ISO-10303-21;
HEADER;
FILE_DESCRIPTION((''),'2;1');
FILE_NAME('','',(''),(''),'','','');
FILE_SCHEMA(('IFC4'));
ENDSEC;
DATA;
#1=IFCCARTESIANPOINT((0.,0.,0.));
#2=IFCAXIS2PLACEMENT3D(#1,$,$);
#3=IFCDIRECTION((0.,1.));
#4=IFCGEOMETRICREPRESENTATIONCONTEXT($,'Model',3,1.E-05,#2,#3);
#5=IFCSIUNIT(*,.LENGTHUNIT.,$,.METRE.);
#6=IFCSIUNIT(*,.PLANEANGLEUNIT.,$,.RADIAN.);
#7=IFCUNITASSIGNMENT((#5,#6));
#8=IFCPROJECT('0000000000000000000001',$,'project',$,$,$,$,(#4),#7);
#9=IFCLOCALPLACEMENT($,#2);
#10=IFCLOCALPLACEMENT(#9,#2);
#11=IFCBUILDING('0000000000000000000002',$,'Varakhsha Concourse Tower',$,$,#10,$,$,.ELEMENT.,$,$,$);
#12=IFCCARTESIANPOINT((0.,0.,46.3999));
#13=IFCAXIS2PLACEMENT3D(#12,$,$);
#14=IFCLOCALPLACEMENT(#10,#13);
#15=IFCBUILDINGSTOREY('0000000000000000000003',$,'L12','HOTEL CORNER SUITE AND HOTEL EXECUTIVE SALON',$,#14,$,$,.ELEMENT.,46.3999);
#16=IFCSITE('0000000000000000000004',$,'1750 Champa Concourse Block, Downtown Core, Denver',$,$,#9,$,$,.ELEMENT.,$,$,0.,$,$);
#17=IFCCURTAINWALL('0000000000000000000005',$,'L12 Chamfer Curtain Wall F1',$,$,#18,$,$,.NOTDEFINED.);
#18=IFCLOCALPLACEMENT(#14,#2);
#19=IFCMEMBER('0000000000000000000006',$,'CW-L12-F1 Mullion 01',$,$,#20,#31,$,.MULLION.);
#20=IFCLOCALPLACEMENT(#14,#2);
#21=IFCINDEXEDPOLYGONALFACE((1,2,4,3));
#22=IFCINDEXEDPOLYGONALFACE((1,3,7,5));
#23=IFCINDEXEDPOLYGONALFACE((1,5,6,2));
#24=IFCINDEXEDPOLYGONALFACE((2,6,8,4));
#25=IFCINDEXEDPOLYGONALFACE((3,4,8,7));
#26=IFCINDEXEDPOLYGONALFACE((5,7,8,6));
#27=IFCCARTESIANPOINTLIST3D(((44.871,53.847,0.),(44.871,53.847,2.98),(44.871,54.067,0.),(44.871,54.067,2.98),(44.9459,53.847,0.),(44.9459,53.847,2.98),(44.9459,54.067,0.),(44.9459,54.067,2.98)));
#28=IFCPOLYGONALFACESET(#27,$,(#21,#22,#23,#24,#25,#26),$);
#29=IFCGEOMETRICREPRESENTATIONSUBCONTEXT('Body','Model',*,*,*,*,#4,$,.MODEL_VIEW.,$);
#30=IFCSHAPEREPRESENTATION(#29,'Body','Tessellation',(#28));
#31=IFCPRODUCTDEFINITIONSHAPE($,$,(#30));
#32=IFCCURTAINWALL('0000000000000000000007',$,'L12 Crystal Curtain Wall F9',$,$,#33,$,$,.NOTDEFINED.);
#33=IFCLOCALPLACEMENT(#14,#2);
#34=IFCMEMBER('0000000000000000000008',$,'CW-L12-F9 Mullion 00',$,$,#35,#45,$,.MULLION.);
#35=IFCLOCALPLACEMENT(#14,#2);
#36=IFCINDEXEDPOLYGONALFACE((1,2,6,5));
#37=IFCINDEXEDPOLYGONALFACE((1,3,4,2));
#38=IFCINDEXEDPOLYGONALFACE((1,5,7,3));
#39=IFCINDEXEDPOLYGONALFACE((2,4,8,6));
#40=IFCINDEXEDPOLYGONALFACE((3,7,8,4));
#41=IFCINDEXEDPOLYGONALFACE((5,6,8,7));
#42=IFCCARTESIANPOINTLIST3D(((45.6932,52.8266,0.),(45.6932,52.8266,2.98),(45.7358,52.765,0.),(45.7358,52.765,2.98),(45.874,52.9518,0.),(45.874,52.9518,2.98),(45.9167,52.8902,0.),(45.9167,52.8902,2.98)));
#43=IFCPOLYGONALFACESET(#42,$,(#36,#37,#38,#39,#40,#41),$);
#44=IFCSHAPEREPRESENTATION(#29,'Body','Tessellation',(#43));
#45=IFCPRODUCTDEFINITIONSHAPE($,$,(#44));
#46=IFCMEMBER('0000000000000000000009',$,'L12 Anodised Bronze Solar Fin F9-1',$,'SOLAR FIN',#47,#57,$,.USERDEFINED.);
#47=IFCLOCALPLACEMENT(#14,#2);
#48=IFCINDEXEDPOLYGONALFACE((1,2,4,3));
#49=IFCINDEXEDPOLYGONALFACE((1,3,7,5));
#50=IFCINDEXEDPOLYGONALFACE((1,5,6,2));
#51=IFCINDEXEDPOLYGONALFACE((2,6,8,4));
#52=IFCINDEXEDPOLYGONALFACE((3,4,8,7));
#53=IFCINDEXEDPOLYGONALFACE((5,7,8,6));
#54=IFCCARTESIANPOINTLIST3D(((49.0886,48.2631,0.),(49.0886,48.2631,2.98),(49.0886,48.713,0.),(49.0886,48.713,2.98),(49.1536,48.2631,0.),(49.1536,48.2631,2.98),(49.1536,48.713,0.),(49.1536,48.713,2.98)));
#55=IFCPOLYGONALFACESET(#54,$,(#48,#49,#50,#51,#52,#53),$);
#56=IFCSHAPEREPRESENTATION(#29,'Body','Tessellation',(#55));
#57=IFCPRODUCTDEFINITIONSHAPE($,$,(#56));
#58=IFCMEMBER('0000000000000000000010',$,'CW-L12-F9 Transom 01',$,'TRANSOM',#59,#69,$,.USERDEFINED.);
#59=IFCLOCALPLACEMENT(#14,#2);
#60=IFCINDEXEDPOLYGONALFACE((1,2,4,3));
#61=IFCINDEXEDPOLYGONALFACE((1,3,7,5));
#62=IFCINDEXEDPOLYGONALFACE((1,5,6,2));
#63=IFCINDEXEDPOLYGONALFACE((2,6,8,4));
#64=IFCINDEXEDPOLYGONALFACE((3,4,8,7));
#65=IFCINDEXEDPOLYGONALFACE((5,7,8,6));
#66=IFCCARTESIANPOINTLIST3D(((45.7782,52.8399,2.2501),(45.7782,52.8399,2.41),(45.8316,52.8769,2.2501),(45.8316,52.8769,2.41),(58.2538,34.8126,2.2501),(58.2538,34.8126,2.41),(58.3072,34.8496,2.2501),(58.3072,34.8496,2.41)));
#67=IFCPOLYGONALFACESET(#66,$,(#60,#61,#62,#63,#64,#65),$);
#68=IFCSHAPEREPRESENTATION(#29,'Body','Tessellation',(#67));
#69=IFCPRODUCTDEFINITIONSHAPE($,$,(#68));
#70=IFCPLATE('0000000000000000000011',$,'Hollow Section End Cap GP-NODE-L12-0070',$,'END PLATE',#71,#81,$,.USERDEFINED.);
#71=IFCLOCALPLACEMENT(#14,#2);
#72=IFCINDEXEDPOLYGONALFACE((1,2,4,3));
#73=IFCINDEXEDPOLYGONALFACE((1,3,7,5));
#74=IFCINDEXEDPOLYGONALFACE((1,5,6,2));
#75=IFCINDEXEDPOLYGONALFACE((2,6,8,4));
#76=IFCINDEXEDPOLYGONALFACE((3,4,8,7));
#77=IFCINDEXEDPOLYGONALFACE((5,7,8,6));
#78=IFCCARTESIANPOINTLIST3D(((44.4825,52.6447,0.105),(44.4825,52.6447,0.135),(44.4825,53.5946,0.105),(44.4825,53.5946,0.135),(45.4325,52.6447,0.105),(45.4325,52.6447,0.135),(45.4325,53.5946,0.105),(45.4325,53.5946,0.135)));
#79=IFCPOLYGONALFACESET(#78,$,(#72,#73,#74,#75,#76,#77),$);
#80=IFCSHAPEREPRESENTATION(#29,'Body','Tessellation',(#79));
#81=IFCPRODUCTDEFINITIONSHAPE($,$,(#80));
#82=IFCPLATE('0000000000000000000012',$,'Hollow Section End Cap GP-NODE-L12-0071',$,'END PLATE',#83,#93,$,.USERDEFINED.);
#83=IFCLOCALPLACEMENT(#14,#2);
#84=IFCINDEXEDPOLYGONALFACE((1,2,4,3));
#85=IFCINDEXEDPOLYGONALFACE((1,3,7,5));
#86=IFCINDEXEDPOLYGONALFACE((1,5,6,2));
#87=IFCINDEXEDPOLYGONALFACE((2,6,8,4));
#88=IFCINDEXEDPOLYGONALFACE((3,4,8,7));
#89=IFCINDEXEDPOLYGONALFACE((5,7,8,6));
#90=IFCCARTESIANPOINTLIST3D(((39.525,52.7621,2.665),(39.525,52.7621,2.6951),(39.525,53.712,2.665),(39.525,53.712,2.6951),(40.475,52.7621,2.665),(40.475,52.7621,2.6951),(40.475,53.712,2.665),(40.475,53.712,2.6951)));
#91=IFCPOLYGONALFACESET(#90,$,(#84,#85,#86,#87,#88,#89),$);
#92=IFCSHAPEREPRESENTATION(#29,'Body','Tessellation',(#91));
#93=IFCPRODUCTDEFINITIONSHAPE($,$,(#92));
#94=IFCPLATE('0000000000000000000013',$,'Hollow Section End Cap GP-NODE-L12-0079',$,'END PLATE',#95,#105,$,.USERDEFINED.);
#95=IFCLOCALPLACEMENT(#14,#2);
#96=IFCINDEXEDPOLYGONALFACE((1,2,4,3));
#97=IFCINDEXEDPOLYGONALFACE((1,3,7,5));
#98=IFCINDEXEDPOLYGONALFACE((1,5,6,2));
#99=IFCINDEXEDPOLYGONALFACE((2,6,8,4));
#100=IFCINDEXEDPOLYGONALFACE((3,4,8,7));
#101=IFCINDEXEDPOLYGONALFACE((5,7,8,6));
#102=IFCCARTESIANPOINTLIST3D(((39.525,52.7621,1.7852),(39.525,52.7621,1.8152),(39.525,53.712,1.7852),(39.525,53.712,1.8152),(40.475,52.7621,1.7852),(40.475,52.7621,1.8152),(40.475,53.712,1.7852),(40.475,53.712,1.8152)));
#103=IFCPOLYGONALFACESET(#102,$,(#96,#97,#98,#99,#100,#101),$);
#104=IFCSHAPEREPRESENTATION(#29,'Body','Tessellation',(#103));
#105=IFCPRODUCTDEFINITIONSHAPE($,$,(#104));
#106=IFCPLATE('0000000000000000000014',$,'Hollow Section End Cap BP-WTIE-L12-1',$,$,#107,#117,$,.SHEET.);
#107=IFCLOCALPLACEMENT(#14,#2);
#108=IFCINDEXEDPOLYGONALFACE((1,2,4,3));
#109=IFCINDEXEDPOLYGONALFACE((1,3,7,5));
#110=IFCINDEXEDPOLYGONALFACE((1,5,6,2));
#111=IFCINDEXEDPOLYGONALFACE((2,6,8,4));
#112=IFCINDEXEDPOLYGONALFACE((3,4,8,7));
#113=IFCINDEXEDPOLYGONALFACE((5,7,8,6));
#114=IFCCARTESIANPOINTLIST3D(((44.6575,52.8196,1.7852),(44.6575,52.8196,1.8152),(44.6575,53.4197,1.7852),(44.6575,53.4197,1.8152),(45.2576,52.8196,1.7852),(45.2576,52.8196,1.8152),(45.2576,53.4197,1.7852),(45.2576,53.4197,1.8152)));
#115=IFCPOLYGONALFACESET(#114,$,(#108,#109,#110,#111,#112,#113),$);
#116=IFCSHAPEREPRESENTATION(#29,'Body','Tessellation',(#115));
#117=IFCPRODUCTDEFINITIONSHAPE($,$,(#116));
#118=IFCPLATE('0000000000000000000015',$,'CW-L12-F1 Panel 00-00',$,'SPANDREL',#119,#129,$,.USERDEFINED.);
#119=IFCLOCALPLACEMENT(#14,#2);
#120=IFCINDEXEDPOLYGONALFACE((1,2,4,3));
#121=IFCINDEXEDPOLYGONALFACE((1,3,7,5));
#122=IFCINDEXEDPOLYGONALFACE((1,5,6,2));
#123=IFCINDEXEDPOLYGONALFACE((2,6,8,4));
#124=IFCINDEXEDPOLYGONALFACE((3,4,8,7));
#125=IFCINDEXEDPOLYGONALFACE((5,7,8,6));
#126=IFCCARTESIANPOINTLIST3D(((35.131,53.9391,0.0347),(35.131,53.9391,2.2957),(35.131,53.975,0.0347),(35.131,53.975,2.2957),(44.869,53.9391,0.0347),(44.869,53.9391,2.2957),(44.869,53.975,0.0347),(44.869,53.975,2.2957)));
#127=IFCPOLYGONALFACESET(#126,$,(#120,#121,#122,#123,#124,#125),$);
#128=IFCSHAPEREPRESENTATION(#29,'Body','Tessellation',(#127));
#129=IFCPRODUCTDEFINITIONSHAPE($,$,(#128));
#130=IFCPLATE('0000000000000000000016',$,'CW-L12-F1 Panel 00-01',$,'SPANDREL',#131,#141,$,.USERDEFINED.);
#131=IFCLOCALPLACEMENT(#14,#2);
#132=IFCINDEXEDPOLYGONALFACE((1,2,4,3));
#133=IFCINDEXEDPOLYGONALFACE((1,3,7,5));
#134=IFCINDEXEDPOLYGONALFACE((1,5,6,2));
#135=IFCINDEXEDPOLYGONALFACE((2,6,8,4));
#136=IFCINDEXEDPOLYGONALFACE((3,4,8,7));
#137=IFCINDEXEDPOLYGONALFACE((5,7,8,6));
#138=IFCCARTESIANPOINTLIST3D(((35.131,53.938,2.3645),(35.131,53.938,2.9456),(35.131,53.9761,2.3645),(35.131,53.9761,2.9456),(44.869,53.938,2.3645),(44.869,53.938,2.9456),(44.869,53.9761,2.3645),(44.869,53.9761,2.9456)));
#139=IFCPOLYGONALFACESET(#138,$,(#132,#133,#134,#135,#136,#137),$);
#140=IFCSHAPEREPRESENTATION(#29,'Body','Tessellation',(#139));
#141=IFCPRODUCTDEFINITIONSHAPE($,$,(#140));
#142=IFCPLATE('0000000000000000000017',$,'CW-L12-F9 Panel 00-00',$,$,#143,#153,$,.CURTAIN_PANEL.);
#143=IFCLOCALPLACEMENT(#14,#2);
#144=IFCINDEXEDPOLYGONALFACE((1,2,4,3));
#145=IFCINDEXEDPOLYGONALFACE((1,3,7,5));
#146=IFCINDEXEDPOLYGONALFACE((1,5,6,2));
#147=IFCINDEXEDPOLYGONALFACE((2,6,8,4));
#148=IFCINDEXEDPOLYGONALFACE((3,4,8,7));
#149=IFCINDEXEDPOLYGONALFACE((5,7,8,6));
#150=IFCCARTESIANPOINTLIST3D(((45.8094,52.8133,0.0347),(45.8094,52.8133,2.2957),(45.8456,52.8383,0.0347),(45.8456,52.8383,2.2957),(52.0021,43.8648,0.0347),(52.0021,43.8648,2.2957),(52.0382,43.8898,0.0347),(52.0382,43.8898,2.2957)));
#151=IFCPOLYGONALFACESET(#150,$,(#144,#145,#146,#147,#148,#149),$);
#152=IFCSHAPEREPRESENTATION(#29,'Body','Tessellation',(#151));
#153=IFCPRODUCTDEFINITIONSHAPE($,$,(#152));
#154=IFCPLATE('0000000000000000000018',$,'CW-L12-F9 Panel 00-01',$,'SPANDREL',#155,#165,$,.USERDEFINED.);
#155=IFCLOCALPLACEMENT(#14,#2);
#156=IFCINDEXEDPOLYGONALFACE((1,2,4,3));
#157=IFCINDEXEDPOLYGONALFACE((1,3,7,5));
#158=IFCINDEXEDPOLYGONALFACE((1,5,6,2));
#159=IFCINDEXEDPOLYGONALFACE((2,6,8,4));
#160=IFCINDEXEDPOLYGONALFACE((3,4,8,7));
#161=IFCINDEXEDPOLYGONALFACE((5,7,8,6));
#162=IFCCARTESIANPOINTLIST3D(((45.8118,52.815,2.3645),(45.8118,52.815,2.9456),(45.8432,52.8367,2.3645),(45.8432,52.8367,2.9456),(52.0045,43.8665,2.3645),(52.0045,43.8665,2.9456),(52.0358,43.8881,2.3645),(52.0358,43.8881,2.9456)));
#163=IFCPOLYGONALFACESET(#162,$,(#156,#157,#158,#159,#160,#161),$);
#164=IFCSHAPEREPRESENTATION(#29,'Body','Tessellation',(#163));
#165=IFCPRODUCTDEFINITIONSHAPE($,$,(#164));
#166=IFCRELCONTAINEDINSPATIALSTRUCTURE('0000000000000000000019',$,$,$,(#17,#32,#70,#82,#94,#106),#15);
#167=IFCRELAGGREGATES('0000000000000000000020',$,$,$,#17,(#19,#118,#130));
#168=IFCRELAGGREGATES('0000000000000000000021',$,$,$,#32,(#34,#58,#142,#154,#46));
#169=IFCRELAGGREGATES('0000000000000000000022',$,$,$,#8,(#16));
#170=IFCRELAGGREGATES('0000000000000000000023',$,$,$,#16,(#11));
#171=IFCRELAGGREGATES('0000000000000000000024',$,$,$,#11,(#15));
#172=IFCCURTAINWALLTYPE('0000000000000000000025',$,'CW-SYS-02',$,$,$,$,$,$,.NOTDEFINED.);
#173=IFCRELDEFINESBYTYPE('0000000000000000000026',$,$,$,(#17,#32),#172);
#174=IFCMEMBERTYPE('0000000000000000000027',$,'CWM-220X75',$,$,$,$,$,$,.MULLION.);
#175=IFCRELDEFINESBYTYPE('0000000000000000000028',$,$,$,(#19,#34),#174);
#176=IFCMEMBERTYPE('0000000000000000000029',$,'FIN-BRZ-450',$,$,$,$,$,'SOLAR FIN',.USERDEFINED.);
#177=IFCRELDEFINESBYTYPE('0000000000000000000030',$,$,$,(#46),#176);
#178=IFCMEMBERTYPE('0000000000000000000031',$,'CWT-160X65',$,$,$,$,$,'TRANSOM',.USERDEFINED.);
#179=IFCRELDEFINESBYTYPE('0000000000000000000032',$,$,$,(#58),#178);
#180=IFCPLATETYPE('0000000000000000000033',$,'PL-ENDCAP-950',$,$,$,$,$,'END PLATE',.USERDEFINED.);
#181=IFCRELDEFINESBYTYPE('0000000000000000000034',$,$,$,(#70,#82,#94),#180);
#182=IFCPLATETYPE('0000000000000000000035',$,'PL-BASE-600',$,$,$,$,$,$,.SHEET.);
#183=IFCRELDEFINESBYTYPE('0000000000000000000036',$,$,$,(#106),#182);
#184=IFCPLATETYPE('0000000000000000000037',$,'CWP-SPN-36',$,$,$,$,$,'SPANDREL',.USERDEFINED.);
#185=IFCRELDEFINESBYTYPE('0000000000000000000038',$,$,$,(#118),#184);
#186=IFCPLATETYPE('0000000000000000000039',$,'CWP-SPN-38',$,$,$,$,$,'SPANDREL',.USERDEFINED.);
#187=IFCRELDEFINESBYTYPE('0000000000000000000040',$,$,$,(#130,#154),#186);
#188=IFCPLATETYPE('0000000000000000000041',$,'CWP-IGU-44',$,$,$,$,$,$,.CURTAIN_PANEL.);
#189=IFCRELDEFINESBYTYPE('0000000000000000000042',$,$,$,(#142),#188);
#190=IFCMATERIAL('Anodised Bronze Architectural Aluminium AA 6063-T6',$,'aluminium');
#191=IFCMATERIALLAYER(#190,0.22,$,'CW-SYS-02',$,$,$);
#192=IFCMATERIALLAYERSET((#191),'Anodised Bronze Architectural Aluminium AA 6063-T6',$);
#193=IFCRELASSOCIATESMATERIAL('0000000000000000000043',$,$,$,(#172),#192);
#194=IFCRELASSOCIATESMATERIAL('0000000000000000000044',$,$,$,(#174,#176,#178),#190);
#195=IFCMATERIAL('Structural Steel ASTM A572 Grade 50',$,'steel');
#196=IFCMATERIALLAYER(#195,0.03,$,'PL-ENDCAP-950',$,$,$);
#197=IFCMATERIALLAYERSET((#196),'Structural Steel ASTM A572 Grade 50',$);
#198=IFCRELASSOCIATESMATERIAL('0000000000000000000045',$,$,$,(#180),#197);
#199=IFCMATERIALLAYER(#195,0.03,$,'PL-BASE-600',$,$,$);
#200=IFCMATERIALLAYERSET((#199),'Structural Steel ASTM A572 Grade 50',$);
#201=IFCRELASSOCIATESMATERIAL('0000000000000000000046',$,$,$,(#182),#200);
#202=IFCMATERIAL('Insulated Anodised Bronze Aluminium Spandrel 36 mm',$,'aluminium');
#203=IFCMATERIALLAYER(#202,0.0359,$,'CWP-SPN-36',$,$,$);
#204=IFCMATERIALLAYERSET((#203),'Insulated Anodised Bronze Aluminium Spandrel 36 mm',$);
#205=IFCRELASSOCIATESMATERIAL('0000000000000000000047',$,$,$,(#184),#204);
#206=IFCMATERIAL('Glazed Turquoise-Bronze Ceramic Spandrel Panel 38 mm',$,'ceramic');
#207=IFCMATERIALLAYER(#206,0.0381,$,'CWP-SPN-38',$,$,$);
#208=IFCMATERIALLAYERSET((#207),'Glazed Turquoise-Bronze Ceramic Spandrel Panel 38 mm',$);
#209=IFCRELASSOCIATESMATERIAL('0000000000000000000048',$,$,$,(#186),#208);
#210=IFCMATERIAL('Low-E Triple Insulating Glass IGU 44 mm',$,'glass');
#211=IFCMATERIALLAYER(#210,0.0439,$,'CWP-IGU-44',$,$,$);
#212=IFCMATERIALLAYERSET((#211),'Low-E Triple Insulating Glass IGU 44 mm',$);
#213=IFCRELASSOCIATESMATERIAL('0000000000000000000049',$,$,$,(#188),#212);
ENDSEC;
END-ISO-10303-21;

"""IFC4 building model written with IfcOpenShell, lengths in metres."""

from ifc_helpers import new_model, si_unit, direction, frame, origin, origin_2d, place, context, subcontext, project, spatial, rectangle, extrude, source, transform, mapped, material, layer, layer_set, material_profile, profile_set, type_object, type_shapes, element, aggregate, save


model = new_model("IFC4")

# Units and contexts
model_context = context("Model", 3, precision=1e-05, world=origin(), true_north=direction((0.0, 1.0)))
body_context = subcontext(model_context, "Body", "Model", "MODEL_VIEW")
ifc_project = project(units=[si_unit("LENGTHUNIT", "METRE"), si_unit("PLANEANGLEUNIT", "RADIAN")], contexts=[model_context])

# Site, building, storey
site_placement = place(None, origin())
site = spatial("IfcSite", under=ifc_project, at=site_placement, Name="1750 Champa Concourse Block, Downtown Core, Denver", CompositionType="ELEMENT", RefElevation=0.0)
building_placement = place(site_placement, origin())
building = spatial("IfcBuilding", under=site, at=building_placement, Name="Varakhsha Concourse Tower", CompositionType="ELEMENT")
storey_placement = place(building_placement, frame((0.0, 0.0, 46.3999)))
storey = spatial("IfcBuildingStorey", under=building, at=storey_placement, Name="L12", Description="HOTEL CORNER SUITE AND HOTEL EXECUTIVE SALON", CompositionType="ELEMENT", Elevation=46.3999)

# Shared definitions
ifc_material_1 = material(Name="Structural Steel ASTM A572 Grade 50", Category="steel")

# Curtain wall, member
ifc_material_2 = material(Name="Anodised Bronze Architectural Aluminium AA 6063-T6", Category="aluminium")
ifc_layer_1 = layer(ifc_material_2, 0.22, Name="CW-SYS-02")
ifc_layer_set_1 = layer_set([ifc_layer_1], Name="Anodised Bronze Architectural Aluminium AA 6063-T6")
curtain_wall_type = type_object("IfcCurtainWallType", Name="CW-SYS-02", PredefinedType="NOTDEFINED", material=ifc_layer_set_1)
curtain_wall_1_placement = place(storey_placement, origin())
curtain_wall_1 = element("IfcCurtainWall", 1, at=curtain_wall_1_placement, inside=storey, type_object=curtain_wall_type, Name="L12 Chamfer Curtain Wall F1", PredefinedType="NOTDEFINED")
ifc_material_profile_1 = material_profile(ifc_material_2, rectangle(XDim=0.075, YDim=0.22, at=origin_2d()), Name="CWM-220X75")
ifc_profile_set_1 = profile_set([ifc_material_profile_1], Name="Anodised Bronze Architectural Aluminium AA 6063-T6")
member_type_1 = type_object("IfcMemberType", Name="CWM-220X75", PredefinedType="MULLION", material=ifc_profile_set_1)
shared_shape_1 = source(origin(), body_context, "Body", "SweptSolid", [
    extrude(rectangle(XDim=0.075, YDim=0.22, at=origin_2d()), origin(), (0.0, 0.0, 1.0), 2.98),
])
type_shapes(member_type_1, [shared_shape_1])
member_1_placement = place(storey_placement, frame((44.9084, 53.957, 0.0), z_axis=(0.0, 0.0, 1.0), x_axis=(1.0, 0.0, 0.0)))
member_1 = element("IfcMember", 2, at=member_1_placement, type_object=member_type_1, Name="CW-L12-F1 Mullion 01", PredefinedType="MULLION", context=body_context, shape_type="MappedRepresentation", body=[
    mapped(shared_shape_1, transform((0.0, 0.0, 0.0), scale=1.0)),
])

# Curtain wall, members
curtain_wall_2_placement = place(storey_placement, origin())
curtain_wall_2 = element("IfcCurtainWall", 3, at=curtain_wall_2_placement, inside=storey, type_object=curtain_wall_type, Name="L12 Crystal Curtain Wall F9", PredefinedType="NOTDEFINED")
member_2_placement = place(storey_placement, frame((45.8049, 52.8584, 0.0), z_axis=(0.0, 0.0, 1.0), x_axis=(0.569057, -0.822298, 0.0)))
member_2 = element("IfcMember", 4, at=member_2_placement, type_object=member_type_1, Name="CW-L12-F9 Mullion 00", PredefinedType="MULLION", context=body_context, shape_type="MappedRepresentation", body=[
    mapped(shared_shape_1, transform((0.0, 0.0, 0.0), scale=1.0)),
])
ifc_material_profile_2 = material_profile(ifc_material_2, rectangle(XDim=0.0649, YDim=0.45, at=origin_2d()), Name="FIN-BRZ-450")
ifc_profile_set_2 = profile_set([ifc_material_profile_2], Name="Anodised Bronze Architectural Aluminium AA 6063-T6")
member_type_2 = type_object("IfcMemberType", Name="FIN-BRZ-450", ElementType="SOLAR FIN", PredefinedType="USERDEFINED", material=ifc_profile_set_2)
shared_shape_2 = source(origin(), body_context, "Body", "SweptSolid", [
    extrude(rectangle(XDim=0.0649, YDim=0.45, at=origin_2d()), origin(), (0.0, 0.0, 1.0), 2.98),
])
type_shapes(member_type_2, [shared_shape_2])
member_3_placement = place(storey_placement, frame((49.1211, 48.488, 0.0), z_axis=(0.0, 0.0, 1.0), x_axis=(1.0, 0.0, 0.0)))
member_3 = element("IfcMember", 5, at=member_3_placement, type_object=member_type_2, Name="L12 Anodised Bronze Solar Fin F9-1", ObjectType="SOLAR FIN", PredefinedType="USERDEFINED", context=body_context, shape_type="MappedRepresentation", body=[
    mapped(shared_shape_2, transform((0.0, 0.0, 0.0), scale=1.0)),
])
ifc_material_profile_3 = material_profile(ifc_material_2, rectangle(XDim=0.0649, YDim=0.1599, at=origin_2d()), Name="CWT-160X65")
ifc_profile_set_3 = profile_set([ifc_material_profile_3], Name="Anodised Bronze Architectural Aluminium AA 6063-T6")
member_type_3 = type_object("IfcMemberType", Name="CWT-160X65", ElementType="TRANSOM", PredefinedType="USERDEFINED", material=ifc_profile_set_3)
shared_shape_3 = source(origin(), body_context, "Body", "SweptSolid", [
    extrude(rectangle(XDim=0.0649, YDim=0.1599, at=origin_2d()), origin(), (0.0, 0.0, 1.0), 21.9231),
])
type_shapes(member_type_3, [shared_shape_3])
member_4_placement = place(storey_placement, frame((45.8049, 52.8584, 2.3301), z_axis=(0.569059, -0.822296, 0.0), x_axis=(0.822296, 0.569059, 0.0)))
member_4 = element("IfcMember", 6, at=member_4_placement, type_object=member_type_3, Name="CW-L12-F9 Transom 01", ObjectType="TRANSOM", PredefinedType="USERDEFINED", context=body_context, shape_type="MappedRepresentation", body=[
    mapped(shared_shape_3, transform((0.0, 0.0, 0.0), scale=1.0)),
])

# Plates
ifc_layer_2 = layer(ifc_material_1, 0.03, Name="PL-ENDCAP-950")
ifc_layer_set_2 = layer_set([ifc_layer_2], Name="Structural Steel ASTM A572 Grade 50")
plate_type_1 = type_object("IfcPlateType", Name="PL-ENDCAP-950", ElementType="END PLATE", PredefinedType="USERDEFINED", material=ifc_layer_set_2)
shared_shape_4 = source(origin(), body_context, "Body", "SweptSolid", [
    extrude(rectangle(XDim=0.95, YDim=0.95, at=origin_2d()), origin(), (0.0, 0.0, 1.0), 0.03),
])
type_shapes(plate_type_1, [shared_shape_4])
for number, where, z_axis, x_axis, name in (
    (7, (44.9575, 53.1196, 0.105), (0.0, 0.0, 1.0), (1.0, 0.0, 0.0), "Hollow Section End Cap GP-NODE-L12-0070"),
    (8, (40.0, 53.2371, 2.665), (0.0, 0.0, 1.0), (1.0, 0.0, 0.0), "Hollow Section End Cap GP-NODE-L12-0071"),
    (9, (40.0, 53.2371, 1.7852), (0.0, 0.0, 1.0), (1.0, 0.0, 0.0), "Hollow Section End Cap GP-NODE-L12-0079"),
):
    element("IfcPlate", number, at=place(storey_placement, frame(where, z_axis=z_axis, x_axis=x_axis)), inside=storey, type_object=plate_type_1, Name=name, ObjectType="END PLATE", PredefinedType="USERDEFINED", context=body_context, shape_type="MappedRepresentation", body=[
        mapped(shared_shape_4, transform((0.0, 0.0, 0.0), scale=1.0)),
    ])
ifc_layer_3 = layer(ifc_material_1, 0.03, Name="PL-BASE-600")
ifc_layer_set_3 = layer_set([ifc_layer_3], Name="Structural Steel ASTM A572 Grade 50")
plate_type_2 = type_object("IfcPlateType", Name="PL-BASE-600", PredefinedType="SHEET", material=ifc_layer_set_3)
shared_shape_5 = source(origin(), body_context, "Body", "SweptSolid", [
    extrude(rectangle(XDim=0.6001, YDim=0.6001, at=origin_2d()), origin(), (0.0, 0.0, 1.0), 0.03),
])
type_shapes(plate_type_2, [shared_shape_5])
plate_1_placement = place(storey_placement, frame((44.9575, 53.1196, 1.7852), z_axis=(0.0, 0.0, 1.0), x_axis=(1.0, 0.0, 0.0)))
element("IfcPlate", 10, at=plate_1_placement, inside=storey, type_object=plate_type_2, Name="Hollow Section End Cap BP-WTIE-L12-1", PredefinedType="SHEET", context=body_context, shape_type="MappedRepresentation", body=[
    mapped(shared_shape_5, transform((0.0, 0.0, 0.0), scale=1.0)),
])

# Plates
ifc_material_3 = material(Name="Insulated Anodised Bronze Aluminium Spandrel 36 mm", Category="aluminium")
ifc_layer_4 = layer(ifc_material_3, 0.0359, Name="CWP-SPN-36")
ifc_layer_set_4 = layer_set([ifc_layer_4], Name="Insulated Anodised Bronze Aluminium Spandrel 36 mm")
plate_type_3 = type_object("IfcPlateType", Name="CWP-SPN-36", ElementType="SPANDREL", PredefinedType="USERDEFINED", material=ifc_layer_set_4)
shared_shape_6 = source(origin(), body_context, "Body", "SweptSolid", [
    extrude(rectangle(XDim=9.738, YDim=0.0359, at=origin_2d()), origin(), (0.0, 0.0, 1.0), 2.261),
])
type_shapes(plate_type_3, [shared_shape_6])
plate_2_placement = place(storey_placement, frame((40.0, 53.957, 0.0347), z_axis=(0.0, 0.0, 1.0), x_axis=(1.0, 0.0, 0.0)))
plate_2 = element("IfcPlate", 11, at=plate_2_placement, type_object=plate_type_3, Name="CW-L12-F1 Panel 00-00", ObjectType="SPANDREL", PredefinedType="USERDEFINED", context=body_context, shape_type="MappedRepresentation", body=[
    mapped(shared_shape_6, transform((0.0, 0.0, 0.0), scale=1.0)),
])
ifc_material_4 = material(Name="Glazed Turquoise-Bronze Ceramic Spandrel Panel 38 mm", Category="ceramic")
ifc_layer_5 = layer(ifc_material_4, 0.0381, Name="CWP-SPN-38")
ifc_layer_set_5 = layer_set([ifc_layer_5], Name="Glazed Turquoise-Bronze Ceramic Spandrel Panel 38 mm")
plate_type_4 = type_object("IfcPlateType", Name="CWP-SPN-38", ElementType="SPANDREL", PredefinedType="USERDEFINED", material=ifc_layer_set_5)
shared_shape_7 = source(origin(), body_context, "Body", "SweptSolid", [
    extrude(rectangle(XDim=9.738, YDim=0.0381, at=origin_2d()), origin(), (0.0, 0.0, 1.0), 0.5811),
])
plate_3_placement = place(storey_placement, frame((40.0, 53.957, 2.3645), z_axis=(0.0, 0.0, 1.0), x_axis=(1.0, 0.0, 0.0)))
plate_3 = element("IfcPlate", 12, at=plate_3_placement, type_object=plate_type_4, Name="CW-L12-F1 Panel 00-01", ObjectType="SPANDREL", PredefinedType="USERDEFINED", context=body_context, shape_type="MappedRepresentation", body=[
    mapped(shared_shape_7, transform((0.0, 0.0, 0.0), scale=1.0)),
])
aggregate(curtain_wall_1, [member_1, plate_2, plate_3])
ifc_material_5 = material(Name="Low-E Triple Insulating Glass IGU 44 mm", Category="glass")
ifc_layer_6 = layer(ifc_material_5, 0.0439, Name="CWP-IGU-44")
ifc_layer_set_6 = layer_set([ifc_layer_6], Name="Low-E Triple Insulating Glass IGU 44 mm")
plate_type_5 = type_object("IfcPlateType", Name="CWP-IGU-44", PredefinedType="CURTAIN_PANEL", material=ifc_layer_set_6)
shared_shape_8 = source(origin(), body_context, "Body", "SweptSolid", [
    extrude(rectangle(XDim=10.8823, YDim=0.0439, at=origin_2d()), origin(), (0.0, 0.0, 1.0), 2.261),
])
type_shapes(plate_type_5, [shared_shape_8])
plate_4_placement = place(storey_placement, frame((48.9238, 48.3516, 0.0347), z_axis=(0.0, 0.0, 1.0), x_axis=(0.569057, -0.822298, 0.0)))
plate_4 = element("IfcPlate", 13, at=plate_4_placement, type_object=plate_type_5, Name="CW-L12-F9 Panel 00-00", PredefinedType="CURTAIN_PANEL", context=body_context, shape_type="MappedRepresentation", body=[
    mapped(shared_shape_8, transform((0.0, 0.0, 0.0), scale=1.0)),
])
shared_shape_9 = source(origin(), body_context, "Body", "SweptSolid", [
    extrude(rectangle(XDim=10.8823, YDim=0.0381, at=origin_2d()), origin(), (0.0, 0.0, 1.0), 0.5811),
])
type_shapes(plate_type_4, [shared_shape_7, shared_shape_9])
plate_5_placement = place(storey_placement, frame((48.9238, 48.3516, 2.3645), z_axis=(0.0, 0.0, 1.0), x_axis=(0.569057, -0.822298, 0.0)))
plate_5 = element("IfcPlate", 14, at=plate_5_placement, type_object=plate_type_4, Name="CW-L12-F9 Panel 00-01", ObjectType="SPANDREL", PredefinedType="USERDEFINED", context=body_context, shape_type="MappedRepresentation", body=[
    mapped(shared_shape_9, transform((0.0, 0.0, 0.0), scale=1.0)),
])
aggregate(curtain_wall_2, [member_2, member_4, plate_4, plate_5, member_3])

save(model, "model.ifc")
